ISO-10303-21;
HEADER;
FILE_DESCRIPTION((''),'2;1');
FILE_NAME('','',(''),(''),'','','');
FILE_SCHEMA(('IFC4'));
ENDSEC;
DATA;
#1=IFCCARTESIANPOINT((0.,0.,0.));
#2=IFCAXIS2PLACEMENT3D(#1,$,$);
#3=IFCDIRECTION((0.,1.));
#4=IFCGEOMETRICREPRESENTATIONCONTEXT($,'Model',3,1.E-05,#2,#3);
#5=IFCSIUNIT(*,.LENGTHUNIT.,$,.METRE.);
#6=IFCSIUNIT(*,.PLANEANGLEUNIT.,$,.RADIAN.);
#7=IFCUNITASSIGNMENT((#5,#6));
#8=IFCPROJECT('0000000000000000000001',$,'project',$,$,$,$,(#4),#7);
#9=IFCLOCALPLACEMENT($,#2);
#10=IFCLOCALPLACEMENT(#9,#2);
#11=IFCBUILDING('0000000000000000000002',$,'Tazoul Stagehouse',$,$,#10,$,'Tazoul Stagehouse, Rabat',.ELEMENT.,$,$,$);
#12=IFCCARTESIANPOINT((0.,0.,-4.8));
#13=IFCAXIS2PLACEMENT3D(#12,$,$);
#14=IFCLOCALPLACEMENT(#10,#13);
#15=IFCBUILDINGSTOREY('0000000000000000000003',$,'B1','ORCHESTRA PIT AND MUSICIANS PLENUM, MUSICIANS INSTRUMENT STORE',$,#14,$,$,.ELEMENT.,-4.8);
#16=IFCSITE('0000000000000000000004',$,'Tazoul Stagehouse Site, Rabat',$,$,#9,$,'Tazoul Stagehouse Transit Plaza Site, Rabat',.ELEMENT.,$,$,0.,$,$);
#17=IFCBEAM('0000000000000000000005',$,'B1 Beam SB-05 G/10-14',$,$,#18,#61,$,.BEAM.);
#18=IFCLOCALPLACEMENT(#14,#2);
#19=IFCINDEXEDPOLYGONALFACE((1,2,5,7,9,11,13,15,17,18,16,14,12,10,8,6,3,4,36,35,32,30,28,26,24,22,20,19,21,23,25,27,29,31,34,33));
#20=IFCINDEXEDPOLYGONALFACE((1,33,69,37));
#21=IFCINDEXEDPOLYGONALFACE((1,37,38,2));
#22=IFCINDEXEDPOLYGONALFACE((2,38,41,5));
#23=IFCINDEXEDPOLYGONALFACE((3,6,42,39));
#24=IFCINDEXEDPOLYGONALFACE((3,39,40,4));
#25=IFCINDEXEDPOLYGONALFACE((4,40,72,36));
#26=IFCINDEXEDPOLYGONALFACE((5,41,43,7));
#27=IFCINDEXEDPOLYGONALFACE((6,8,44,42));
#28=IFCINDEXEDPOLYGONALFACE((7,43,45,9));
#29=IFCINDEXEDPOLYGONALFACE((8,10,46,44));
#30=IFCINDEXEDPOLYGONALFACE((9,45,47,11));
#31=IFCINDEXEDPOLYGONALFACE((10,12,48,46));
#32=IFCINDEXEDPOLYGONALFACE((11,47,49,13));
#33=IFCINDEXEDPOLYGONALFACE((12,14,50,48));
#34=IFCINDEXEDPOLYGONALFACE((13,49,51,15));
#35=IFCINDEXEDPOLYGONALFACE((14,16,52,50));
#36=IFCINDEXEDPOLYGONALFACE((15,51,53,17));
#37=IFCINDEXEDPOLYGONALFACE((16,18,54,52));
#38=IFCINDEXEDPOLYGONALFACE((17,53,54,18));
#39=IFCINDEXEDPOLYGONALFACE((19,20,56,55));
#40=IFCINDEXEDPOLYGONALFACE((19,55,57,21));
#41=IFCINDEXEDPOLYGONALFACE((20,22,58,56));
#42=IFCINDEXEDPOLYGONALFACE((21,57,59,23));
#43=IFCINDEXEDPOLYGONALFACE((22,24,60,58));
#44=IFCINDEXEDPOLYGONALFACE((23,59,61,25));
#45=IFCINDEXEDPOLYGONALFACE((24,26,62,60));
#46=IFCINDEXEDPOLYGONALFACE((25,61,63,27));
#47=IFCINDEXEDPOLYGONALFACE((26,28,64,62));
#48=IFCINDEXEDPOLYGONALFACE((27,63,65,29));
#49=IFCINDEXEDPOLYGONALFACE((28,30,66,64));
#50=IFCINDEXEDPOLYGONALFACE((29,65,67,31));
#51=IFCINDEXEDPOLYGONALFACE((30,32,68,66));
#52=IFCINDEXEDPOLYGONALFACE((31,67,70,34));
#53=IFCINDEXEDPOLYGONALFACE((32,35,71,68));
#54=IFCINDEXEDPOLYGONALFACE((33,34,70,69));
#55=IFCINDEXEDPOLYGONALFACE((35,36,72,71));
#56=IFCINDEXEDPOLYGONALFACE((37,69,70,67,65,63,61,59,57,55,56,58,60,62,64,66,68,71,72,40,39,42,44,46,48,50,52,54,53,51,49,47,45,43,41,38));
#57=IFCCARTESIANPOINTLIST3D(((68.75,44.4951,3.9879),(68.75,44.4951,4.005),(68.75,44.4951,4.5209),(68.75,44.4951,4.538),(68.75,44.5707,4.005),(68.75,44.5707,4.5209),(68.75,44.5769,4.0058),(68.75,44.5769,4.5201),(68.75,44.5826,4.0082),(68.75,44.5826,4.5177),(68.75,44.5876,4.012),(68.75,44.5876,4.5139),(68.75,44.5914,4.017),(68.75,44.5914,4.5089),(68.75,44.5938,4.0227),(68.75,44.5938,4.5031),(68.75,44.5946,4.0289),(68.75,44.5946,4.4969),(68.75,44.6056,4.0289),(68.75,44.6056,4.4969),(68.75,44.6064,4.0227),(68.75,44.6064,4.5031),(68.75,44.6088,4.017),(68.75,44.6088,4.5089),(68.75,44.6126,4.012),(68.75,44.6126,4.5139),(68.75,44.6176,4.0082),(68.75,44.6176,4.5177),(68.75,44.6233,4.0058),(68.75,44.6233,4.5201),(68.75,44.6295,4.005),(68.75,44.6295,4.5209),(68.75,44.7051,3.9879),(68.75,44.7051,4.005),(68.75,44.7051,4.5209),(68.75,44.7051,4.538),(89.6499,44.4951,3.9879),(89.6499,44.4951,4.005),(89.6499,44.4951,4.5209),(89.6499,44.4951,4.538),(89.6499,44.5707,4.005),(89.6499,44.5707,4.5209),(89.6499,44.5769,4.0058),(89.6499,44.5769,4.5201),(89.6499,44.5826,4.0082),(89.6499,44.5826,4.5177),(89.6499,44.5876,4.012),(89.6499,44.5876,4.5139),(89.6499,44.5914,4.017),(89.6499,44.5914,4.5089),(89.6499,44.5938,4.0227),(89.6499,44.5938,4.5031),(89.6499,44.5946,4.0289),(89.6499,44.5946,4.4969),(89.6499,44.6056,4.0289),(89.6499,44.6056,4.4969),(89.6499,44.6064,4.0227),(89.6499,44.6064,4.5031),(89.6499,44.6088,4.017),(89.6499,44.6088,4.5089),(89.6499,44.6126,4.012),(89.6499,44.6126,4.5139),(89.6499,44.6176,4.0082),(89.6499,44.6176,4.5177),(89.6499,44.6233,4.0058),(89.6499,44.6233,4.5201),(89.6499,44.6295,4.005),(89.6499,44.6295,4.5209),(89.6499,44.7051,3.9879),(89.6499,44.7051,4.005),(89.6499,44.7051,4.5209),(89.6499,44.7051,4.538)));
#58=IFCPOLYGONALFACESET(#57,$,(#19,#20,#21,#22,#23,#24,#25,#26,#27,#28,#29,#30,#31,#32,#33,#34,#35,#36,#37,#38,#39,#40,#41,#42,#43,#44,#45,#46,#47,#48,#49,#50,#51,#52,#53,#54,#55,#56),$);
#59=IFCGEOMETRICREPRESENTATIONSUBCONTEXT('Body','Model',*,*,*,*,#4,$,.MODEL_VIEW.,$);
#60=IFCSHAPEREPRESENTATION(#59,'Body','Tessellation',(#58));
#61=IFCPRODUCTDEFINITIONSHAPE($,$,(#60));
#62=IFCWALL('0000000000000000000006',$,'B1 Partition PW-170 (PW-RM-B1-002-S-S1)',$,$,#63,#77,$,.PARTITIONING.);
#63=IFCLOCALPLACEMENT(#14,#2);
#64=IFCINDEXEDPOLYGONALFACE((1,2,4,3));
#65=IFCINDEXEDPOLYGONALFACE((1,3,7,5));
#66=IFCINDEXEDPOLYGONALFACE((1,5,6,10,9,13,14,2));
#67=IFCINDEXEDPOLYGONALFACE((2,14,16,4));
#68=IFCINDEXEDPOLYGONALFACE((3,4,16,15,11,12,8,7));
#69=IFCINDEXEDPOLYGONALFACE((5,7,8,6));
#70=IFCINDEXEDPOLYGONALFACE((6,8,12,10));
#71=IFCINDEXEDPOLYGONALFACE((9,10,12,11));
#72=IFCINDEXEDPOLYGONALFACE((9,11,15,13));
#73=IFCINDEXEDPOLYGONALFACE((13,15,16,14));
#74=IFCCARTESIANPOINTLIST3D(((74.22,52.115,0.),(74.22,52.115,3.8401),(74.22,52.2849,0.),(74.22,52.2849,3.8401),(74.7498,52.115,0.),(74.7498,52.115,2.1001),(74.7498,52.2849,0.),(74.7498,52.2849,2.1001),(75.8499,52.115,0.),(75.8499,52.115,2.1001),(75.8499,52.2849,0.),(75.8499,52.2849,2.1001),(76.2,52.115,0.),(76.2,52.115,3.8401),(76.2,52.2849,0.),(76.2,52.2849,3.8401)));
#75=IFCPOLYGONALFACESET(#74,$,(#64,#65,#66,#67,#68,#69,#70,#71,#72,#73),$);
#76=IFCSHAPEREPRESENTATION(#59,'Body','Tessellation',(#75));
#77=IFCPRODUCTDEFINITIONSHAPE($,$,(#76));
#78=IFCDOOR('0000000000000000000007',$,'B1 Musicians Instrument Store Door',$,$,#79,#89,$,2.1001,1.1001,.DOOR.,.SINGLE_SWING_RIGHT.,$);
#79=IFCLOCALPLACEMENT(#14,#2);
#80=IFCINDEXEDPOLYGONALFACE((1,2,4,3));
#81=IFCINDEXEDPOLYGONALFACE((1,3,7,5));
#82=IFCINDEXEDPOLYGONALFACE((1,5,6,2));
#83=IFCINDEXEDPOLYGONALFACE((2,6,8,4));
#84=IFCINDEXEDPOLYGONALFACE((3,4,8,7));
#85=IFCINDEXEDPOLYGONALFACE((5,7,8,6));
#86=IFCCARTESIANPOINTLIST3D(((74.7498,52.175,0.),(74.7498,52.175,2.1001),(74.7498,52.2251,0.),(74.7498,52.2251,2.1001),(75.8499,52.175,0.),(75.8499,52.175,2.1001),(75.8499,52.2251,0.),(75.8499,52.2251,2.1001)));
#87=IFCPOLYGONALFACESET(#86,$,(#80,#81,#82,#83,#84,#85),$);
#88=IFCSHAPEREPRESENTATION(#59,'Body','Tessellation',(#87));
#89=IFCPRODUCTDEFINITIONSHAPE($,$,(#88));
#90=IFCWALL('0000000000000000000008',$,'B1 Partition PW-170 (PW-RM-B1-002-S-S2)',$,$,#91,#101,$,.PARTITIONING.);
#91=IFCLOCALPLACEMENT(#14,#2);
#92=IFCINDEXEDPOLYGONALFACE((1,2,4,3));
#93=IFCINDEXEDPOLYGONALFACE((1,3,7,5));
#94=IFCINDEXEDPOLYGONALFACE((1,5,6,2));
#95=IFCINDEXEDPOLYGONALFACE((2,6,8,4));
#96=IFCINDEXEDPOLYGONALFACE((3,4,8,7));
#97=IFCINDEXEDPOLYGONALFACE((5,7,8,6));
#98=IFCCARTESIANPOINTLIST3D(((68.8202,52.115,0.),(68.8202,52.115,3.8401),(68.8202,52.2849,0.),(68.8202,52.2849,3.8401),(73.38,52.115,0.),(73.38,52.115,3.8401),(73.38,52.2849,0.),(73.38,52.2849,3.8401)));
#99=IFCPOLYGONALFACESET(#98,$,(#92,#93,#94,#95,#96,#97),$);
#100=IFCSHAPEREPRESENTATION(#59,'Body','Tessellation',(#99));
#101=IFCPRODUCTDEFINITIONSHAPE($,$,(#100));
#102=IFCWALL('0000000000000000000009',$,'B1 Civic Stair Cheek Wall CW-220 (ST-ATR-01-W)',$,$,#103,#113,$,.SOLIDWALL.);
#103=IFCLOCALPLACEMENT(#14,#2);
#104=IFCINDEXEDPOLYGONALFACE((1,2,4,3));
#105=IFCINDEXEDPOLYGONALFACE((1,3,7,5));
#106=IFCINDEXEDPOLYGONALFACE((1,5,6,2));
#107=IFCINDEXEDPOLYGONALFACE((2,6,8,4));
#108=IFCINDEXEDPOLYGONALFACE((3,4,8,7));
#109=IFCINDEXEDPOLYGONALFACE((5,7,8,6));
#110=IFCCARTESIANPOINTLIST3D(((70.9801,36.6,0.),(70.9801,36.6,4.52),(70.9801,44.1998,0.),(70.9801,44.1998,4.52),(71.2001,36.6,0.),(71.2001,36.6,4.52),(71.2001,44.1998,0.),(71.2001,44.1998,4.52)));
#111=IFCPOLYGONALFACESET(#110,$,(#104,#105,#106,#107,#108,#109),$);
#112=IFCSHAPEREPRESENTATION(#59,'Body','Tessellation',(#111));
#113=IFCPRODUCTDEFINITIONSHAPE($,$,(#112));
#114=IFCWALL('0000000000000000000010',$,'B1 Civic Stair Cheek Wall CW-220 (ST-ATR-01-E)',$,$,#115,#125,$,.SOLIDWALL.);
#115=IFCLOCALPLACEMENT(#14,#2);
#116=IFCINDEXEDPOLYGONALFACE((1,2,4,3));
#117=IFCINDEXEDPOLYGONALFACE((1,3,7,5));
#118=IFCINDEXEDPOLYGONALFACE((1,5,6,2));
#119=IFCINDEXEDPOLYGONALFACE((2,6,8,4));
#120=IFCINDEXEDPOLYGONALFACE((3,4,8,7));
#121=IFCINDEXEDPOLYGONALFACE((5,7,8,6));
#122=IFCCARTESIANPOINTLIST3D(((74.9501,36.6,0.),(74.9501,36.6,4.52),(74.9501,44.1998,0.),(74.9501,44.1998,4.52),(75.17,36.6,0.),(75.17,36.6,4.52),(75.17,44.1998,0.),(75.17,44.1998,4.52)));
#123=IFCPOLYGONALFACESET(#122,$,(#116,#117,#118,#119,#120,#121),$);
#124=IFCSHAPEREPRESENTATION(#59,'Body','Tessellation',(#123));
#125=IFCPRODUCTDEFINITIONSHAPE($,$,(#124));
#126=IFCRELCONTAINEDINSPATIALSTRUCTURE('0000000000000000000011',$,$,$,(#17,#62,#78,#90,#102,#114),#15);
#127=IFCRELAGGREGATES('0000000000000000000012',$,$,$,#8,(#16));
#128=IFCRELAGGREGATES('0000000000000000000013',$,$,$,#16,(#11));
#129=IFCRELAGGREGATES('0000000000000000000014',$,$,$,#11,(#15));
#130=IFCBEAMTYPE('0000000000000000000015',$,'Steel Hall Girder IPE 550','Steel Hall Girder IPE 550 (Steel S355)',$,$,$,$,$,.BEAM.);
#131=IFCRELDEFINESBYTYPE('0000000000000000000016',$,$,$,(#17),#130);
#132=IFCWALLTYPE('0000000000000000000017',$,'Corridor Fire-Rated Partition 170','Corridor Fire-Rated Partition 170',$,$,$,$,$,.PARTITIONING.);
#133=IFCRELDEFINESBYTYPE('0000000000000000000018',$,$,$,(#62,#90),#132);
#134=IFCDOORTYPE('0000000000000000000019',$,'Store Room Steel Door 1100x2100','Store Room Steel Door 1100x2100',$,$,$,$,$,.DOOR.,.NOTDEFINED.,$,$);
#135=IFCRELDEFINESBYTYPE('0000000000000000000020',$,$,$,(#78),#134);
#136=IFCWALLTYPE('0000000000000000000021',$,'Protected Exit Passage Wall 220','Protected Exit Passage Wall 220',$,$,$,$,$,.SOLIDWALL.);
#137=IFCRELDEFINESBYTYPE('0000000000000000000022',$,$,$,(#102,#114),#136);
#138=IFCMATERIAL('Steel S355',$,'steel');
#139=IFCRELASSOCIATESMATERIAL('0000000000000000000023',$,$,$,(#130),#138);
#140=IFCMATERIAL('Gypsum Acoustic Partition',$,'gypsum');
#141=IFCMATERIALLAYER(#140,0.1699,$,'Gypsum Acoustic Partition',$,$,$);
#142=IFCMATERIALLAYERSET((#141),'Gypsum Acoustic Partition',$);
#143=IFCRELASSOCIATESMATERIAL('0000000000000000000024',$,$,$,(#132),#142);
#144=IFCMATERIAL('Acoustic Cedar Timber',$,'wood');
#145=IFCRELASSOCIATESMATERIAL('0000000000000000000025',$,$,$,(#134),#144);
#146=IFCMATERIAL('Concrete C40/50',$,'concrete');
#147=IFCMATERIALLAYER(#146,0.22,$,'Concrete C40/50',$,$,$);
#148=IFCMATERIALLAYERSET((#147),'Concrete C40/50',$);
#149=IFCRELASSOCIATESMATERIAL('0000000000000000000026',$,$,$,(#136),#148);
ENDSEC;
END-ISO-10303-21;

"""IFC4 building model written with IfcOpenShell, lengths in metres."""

from ifc_helpers import new_model, si_unit, direction, frame, frame_2d, origin, origin_2d, place, context, subcontext, project, spatial, rectangle, i_section, extrude, material, layer, layer_set, material_profile, profile_set, type_object, element, fill, save


model = new_model("IFC4")

# Units and contexts
model_context = context("Model", 3, precision=1e-05, world=origin(), true_north=direction((0.0, 1.0)))
body_context = subcontext(model_context, "Body", "Model", "MODEL_VIEW")
ifc_project = project(units=[si_unit("LENGTHUNIT", "METRE"), si_unit("PLANEANGLEUNIT", "RADIAN")], contexts=[model_context])

# Site, building, storey
site_placement = place(None, origin())
site = spatial("IfcSite", under=ifc_project, at=site_placement, Name="Tazoul Stagehouse Site, Rabat", LongName="Tazoul Stagehouse Transit Plaza Site, Rabat", CompositionType="ELEMENT", RefElevation=0.0)
building_placement = place(site_placement, origin())
building = spatial("IfcBuilding", under=site, at=building_placement, Name="Tazoul Stagehouse", LongName="Tazoul Stagehouse, Rabat", CompositionType="ELEMENT")
storey_placement = place(building_placement, frame((0.0, 0.0, -4.8)))
storey = spatial("IfcBuildingStorey", under=building, at=storey_placement, Name="B1", Description="ORCHESTRA PIT AND MUSICIANS PLENUM, MUSICIANS INSTRUMENT STORE", CompositionType="ELEMENT", Elevation=-4.8)

# Shared definitions
ifc_material_1 = material(Name="Concrete C40/50", Category="concrete")

# Beam
ifc_material_2 = material(Name="Steel S355", Category="steel")
ifc_material_profile_1 = material_profile(ifc_material_2, i_section(OverallWidth=0.21, OverallDepth=0.55, WebThickness=0.011, FlangeThickness=0.0171, FilletRadius=0.0239, at=origin_2d()), Name="IPE 550")
ifc_profile_set_1 = profile_set([ifc_material_profile_1], Name="Steel S355")
beam_type_1 = type_object("IfcBeamType", Name="Steel Hall Girder IPE 550", Description="Steel Hall Girder IPE 550 (Steel S355)", PredefinedType="BEAM", material=ifc_profile_set_1)
beam_1_placement = place(storey_placement, frame((68.75, 44.6001, 4.2629), z_axis=(1.0, 0.0, 0.0), x_axis=(0.0, 1.0, 0.0)))
element("IfcBeam", 1, at=beam_1_placement, inside=storey, type_object=beam_type_1, Name="B1 Beam SB-05 G/10-14", PredefinedType="BEAM", context=body_context, shape_type="SweptSolid", body=[
    extrude(i_section(OverallWidth=0.21, OverallDepth=0.55, WebThickness=0.011, FlangeThickness=0.0171, FilletRadius=0.0239, at=origin_2d()), origin(), (0.0, 0.0, 1.0), 20.8999),
])

# Wall, opening, door
ifc_material_3 = material(Name="Gypsum Acoustic Partition", Category="gypsum")
ifc_layer_1 = layer(ifc_material_3, 0.1699, Name="Gypsum Acoustic Partition")
ifc_layer_set_1 = layer_set([ifc_layer_1], Name="Gypsum Acoustic Partition")
wall_type_1 = type_object("IfcWallType", Name="Corridor Fire-Rated Partition 170", Description="Corridor Fire-Rated Partition 170", PredefinedType="PARTITIONING", material=ifc_layer_set_1)
wall_1_placement = place(storey_placement, frame((76.2, 52.2, 0.0), z_axis=(0.0, 0.0, 1.0), x_axis=(-1.0, 0.0, 0.0)))
wall_1 = element("IfcWall", 2, at=wall_1_placement, inside=storey, type_object=wall_type_1, Name="B1 Partition PW-170 (PW-RM-B1-002-S-S1)", PredefinedType="PARTITIONING", context=body_context, shape_type="SweptSolid", body=[
    extrude(rectangle(XDim=1.98, YDim=0.1699, at=frame_2d((0.99, 0.0))), origin(), (0.0, 0.0, 1.0), 3.8401),
])
opening_placement = place(wall_1_placement, frame((0.3501, 0.0, 0.0)))
opening = element("IfcOpeningElement", 3, at=opening_placement, cuts=wall_1, PredefinedType="OPENING", context=body_context, shape_type="SweptSolid", body=[
    extrude(rectangle(XDim=1.1001, YDim=2.1001, at=frame_2d((0.55, 1.05))), frame((0.0, 0.105, 0.0), z_axis=(0.0, -1.0, 0.0), x_axis=(1.0, 0.0, 0.0)), (0.0, 0.0, 1.0), 0.21),
])
ifc_material_4 = material(Name="Acoustic Cedar Timber", Category="wood")
door_type = type_object("IfcDoorType", Name="Store Room Steel Door 1100x2100", Description="Store Room Steel Door 1100x2100", OperationType="NOTDEFINED", PredefinedType="DOOR", material=ifc_material_4)
door_placement = place(opening_placement, origin())
door = element("IfcDoor", 4, at=door_placement, inside=storey, type_object=door_type, Name="B1 Musicians Instrument Store Door", OperationType="SINGLE_SWING_RIGHT", OverallHeight=2.1001, OverallWidth=1.1001, PredefinedType="DOOR", context=body_context, shape_type="SweptSolid", body=[
    extrude(rectangle(XDim=1.1001, YDim=2.1001, at=frame_2d((0.55, 1.05))), frame((0.0, 0.0249, 0.0), z_axis=(0.0, -1.0, 0.0), x_axis=(1.0, 0.0, 0.0)), (0.0, 0.0, 1.0), 0.05),
])
fill(opening, door)

# Walls
wall_2_placement = place(storey_placement, frame((73.3799, 52.2, 0.0), z_axis=(0.0, 0.0, 1.0), x_axis=(-1.0, 0.0, 0.0)))
element("IfcWall", 5, at=wall_2_placement, inside=storey, type_object=wall_type_1, Name="B1 Partition PW-170 (PW-RM-B1-002-S-S2)", PredefinedType="PARTITIONING", context=body_context, shape_type="SweptSolid", body=[
    extrude(rectangle(XDim=4.5598, YDim=0.1699, at=frame_2d((2.2798, 0.0))), origin(), (0.0, 0.0, 1.0), 3.8401),
])
ifc_layer_2 = layer(ifc_material_1, 0.22, Name="Concrete C40/50")
ifc_layer_set_2 = layer_set([ifc_layer_2], Name="Concrete C40/50")
wall_type_2 = type_object("IfcWallType", Name="Protected Exit Passage Wall 220", Description="Protected Exit Passage Wall 220", PredefinedType="SOLIDWALL", material=ifc_layer_set_2)
for number, where, z_axis, x_axis, name in (
    (6, (71.0901, 36.6001, 0.0), (0.0, 0.0, 1.0), (0.0, 1.0, 0.0), "B1 Civic Stair Cheek Wall CW-220 (ST-ATR-01-W)"),
    (7, (75.0601, 36.6001, 0.0), (0.0, 0.0, 1.0), (0.0, 1.0, 0.0), "B1 Civic Stair Cheek Wall CW-220 (ST-ATR-01-E)"),
):
    element("IfcWall", number, at=place(storey_placement, frame(where, z_axis=z_axis, x_axis=x_axis)), inside=storey, type_object=wall_type_2, Name=name, PredefinedType="SOLIDWALL", context=body_context, shape_type="SweptSolid", body=[
        extrude(rectangle(XDim=7.5999, YDim=0.22, at=frame_2d((3.7998, 0.0))), origin(), (0.0, 0.0, 1.0), 4.52),
    ])

save(model, "model.ifc")
